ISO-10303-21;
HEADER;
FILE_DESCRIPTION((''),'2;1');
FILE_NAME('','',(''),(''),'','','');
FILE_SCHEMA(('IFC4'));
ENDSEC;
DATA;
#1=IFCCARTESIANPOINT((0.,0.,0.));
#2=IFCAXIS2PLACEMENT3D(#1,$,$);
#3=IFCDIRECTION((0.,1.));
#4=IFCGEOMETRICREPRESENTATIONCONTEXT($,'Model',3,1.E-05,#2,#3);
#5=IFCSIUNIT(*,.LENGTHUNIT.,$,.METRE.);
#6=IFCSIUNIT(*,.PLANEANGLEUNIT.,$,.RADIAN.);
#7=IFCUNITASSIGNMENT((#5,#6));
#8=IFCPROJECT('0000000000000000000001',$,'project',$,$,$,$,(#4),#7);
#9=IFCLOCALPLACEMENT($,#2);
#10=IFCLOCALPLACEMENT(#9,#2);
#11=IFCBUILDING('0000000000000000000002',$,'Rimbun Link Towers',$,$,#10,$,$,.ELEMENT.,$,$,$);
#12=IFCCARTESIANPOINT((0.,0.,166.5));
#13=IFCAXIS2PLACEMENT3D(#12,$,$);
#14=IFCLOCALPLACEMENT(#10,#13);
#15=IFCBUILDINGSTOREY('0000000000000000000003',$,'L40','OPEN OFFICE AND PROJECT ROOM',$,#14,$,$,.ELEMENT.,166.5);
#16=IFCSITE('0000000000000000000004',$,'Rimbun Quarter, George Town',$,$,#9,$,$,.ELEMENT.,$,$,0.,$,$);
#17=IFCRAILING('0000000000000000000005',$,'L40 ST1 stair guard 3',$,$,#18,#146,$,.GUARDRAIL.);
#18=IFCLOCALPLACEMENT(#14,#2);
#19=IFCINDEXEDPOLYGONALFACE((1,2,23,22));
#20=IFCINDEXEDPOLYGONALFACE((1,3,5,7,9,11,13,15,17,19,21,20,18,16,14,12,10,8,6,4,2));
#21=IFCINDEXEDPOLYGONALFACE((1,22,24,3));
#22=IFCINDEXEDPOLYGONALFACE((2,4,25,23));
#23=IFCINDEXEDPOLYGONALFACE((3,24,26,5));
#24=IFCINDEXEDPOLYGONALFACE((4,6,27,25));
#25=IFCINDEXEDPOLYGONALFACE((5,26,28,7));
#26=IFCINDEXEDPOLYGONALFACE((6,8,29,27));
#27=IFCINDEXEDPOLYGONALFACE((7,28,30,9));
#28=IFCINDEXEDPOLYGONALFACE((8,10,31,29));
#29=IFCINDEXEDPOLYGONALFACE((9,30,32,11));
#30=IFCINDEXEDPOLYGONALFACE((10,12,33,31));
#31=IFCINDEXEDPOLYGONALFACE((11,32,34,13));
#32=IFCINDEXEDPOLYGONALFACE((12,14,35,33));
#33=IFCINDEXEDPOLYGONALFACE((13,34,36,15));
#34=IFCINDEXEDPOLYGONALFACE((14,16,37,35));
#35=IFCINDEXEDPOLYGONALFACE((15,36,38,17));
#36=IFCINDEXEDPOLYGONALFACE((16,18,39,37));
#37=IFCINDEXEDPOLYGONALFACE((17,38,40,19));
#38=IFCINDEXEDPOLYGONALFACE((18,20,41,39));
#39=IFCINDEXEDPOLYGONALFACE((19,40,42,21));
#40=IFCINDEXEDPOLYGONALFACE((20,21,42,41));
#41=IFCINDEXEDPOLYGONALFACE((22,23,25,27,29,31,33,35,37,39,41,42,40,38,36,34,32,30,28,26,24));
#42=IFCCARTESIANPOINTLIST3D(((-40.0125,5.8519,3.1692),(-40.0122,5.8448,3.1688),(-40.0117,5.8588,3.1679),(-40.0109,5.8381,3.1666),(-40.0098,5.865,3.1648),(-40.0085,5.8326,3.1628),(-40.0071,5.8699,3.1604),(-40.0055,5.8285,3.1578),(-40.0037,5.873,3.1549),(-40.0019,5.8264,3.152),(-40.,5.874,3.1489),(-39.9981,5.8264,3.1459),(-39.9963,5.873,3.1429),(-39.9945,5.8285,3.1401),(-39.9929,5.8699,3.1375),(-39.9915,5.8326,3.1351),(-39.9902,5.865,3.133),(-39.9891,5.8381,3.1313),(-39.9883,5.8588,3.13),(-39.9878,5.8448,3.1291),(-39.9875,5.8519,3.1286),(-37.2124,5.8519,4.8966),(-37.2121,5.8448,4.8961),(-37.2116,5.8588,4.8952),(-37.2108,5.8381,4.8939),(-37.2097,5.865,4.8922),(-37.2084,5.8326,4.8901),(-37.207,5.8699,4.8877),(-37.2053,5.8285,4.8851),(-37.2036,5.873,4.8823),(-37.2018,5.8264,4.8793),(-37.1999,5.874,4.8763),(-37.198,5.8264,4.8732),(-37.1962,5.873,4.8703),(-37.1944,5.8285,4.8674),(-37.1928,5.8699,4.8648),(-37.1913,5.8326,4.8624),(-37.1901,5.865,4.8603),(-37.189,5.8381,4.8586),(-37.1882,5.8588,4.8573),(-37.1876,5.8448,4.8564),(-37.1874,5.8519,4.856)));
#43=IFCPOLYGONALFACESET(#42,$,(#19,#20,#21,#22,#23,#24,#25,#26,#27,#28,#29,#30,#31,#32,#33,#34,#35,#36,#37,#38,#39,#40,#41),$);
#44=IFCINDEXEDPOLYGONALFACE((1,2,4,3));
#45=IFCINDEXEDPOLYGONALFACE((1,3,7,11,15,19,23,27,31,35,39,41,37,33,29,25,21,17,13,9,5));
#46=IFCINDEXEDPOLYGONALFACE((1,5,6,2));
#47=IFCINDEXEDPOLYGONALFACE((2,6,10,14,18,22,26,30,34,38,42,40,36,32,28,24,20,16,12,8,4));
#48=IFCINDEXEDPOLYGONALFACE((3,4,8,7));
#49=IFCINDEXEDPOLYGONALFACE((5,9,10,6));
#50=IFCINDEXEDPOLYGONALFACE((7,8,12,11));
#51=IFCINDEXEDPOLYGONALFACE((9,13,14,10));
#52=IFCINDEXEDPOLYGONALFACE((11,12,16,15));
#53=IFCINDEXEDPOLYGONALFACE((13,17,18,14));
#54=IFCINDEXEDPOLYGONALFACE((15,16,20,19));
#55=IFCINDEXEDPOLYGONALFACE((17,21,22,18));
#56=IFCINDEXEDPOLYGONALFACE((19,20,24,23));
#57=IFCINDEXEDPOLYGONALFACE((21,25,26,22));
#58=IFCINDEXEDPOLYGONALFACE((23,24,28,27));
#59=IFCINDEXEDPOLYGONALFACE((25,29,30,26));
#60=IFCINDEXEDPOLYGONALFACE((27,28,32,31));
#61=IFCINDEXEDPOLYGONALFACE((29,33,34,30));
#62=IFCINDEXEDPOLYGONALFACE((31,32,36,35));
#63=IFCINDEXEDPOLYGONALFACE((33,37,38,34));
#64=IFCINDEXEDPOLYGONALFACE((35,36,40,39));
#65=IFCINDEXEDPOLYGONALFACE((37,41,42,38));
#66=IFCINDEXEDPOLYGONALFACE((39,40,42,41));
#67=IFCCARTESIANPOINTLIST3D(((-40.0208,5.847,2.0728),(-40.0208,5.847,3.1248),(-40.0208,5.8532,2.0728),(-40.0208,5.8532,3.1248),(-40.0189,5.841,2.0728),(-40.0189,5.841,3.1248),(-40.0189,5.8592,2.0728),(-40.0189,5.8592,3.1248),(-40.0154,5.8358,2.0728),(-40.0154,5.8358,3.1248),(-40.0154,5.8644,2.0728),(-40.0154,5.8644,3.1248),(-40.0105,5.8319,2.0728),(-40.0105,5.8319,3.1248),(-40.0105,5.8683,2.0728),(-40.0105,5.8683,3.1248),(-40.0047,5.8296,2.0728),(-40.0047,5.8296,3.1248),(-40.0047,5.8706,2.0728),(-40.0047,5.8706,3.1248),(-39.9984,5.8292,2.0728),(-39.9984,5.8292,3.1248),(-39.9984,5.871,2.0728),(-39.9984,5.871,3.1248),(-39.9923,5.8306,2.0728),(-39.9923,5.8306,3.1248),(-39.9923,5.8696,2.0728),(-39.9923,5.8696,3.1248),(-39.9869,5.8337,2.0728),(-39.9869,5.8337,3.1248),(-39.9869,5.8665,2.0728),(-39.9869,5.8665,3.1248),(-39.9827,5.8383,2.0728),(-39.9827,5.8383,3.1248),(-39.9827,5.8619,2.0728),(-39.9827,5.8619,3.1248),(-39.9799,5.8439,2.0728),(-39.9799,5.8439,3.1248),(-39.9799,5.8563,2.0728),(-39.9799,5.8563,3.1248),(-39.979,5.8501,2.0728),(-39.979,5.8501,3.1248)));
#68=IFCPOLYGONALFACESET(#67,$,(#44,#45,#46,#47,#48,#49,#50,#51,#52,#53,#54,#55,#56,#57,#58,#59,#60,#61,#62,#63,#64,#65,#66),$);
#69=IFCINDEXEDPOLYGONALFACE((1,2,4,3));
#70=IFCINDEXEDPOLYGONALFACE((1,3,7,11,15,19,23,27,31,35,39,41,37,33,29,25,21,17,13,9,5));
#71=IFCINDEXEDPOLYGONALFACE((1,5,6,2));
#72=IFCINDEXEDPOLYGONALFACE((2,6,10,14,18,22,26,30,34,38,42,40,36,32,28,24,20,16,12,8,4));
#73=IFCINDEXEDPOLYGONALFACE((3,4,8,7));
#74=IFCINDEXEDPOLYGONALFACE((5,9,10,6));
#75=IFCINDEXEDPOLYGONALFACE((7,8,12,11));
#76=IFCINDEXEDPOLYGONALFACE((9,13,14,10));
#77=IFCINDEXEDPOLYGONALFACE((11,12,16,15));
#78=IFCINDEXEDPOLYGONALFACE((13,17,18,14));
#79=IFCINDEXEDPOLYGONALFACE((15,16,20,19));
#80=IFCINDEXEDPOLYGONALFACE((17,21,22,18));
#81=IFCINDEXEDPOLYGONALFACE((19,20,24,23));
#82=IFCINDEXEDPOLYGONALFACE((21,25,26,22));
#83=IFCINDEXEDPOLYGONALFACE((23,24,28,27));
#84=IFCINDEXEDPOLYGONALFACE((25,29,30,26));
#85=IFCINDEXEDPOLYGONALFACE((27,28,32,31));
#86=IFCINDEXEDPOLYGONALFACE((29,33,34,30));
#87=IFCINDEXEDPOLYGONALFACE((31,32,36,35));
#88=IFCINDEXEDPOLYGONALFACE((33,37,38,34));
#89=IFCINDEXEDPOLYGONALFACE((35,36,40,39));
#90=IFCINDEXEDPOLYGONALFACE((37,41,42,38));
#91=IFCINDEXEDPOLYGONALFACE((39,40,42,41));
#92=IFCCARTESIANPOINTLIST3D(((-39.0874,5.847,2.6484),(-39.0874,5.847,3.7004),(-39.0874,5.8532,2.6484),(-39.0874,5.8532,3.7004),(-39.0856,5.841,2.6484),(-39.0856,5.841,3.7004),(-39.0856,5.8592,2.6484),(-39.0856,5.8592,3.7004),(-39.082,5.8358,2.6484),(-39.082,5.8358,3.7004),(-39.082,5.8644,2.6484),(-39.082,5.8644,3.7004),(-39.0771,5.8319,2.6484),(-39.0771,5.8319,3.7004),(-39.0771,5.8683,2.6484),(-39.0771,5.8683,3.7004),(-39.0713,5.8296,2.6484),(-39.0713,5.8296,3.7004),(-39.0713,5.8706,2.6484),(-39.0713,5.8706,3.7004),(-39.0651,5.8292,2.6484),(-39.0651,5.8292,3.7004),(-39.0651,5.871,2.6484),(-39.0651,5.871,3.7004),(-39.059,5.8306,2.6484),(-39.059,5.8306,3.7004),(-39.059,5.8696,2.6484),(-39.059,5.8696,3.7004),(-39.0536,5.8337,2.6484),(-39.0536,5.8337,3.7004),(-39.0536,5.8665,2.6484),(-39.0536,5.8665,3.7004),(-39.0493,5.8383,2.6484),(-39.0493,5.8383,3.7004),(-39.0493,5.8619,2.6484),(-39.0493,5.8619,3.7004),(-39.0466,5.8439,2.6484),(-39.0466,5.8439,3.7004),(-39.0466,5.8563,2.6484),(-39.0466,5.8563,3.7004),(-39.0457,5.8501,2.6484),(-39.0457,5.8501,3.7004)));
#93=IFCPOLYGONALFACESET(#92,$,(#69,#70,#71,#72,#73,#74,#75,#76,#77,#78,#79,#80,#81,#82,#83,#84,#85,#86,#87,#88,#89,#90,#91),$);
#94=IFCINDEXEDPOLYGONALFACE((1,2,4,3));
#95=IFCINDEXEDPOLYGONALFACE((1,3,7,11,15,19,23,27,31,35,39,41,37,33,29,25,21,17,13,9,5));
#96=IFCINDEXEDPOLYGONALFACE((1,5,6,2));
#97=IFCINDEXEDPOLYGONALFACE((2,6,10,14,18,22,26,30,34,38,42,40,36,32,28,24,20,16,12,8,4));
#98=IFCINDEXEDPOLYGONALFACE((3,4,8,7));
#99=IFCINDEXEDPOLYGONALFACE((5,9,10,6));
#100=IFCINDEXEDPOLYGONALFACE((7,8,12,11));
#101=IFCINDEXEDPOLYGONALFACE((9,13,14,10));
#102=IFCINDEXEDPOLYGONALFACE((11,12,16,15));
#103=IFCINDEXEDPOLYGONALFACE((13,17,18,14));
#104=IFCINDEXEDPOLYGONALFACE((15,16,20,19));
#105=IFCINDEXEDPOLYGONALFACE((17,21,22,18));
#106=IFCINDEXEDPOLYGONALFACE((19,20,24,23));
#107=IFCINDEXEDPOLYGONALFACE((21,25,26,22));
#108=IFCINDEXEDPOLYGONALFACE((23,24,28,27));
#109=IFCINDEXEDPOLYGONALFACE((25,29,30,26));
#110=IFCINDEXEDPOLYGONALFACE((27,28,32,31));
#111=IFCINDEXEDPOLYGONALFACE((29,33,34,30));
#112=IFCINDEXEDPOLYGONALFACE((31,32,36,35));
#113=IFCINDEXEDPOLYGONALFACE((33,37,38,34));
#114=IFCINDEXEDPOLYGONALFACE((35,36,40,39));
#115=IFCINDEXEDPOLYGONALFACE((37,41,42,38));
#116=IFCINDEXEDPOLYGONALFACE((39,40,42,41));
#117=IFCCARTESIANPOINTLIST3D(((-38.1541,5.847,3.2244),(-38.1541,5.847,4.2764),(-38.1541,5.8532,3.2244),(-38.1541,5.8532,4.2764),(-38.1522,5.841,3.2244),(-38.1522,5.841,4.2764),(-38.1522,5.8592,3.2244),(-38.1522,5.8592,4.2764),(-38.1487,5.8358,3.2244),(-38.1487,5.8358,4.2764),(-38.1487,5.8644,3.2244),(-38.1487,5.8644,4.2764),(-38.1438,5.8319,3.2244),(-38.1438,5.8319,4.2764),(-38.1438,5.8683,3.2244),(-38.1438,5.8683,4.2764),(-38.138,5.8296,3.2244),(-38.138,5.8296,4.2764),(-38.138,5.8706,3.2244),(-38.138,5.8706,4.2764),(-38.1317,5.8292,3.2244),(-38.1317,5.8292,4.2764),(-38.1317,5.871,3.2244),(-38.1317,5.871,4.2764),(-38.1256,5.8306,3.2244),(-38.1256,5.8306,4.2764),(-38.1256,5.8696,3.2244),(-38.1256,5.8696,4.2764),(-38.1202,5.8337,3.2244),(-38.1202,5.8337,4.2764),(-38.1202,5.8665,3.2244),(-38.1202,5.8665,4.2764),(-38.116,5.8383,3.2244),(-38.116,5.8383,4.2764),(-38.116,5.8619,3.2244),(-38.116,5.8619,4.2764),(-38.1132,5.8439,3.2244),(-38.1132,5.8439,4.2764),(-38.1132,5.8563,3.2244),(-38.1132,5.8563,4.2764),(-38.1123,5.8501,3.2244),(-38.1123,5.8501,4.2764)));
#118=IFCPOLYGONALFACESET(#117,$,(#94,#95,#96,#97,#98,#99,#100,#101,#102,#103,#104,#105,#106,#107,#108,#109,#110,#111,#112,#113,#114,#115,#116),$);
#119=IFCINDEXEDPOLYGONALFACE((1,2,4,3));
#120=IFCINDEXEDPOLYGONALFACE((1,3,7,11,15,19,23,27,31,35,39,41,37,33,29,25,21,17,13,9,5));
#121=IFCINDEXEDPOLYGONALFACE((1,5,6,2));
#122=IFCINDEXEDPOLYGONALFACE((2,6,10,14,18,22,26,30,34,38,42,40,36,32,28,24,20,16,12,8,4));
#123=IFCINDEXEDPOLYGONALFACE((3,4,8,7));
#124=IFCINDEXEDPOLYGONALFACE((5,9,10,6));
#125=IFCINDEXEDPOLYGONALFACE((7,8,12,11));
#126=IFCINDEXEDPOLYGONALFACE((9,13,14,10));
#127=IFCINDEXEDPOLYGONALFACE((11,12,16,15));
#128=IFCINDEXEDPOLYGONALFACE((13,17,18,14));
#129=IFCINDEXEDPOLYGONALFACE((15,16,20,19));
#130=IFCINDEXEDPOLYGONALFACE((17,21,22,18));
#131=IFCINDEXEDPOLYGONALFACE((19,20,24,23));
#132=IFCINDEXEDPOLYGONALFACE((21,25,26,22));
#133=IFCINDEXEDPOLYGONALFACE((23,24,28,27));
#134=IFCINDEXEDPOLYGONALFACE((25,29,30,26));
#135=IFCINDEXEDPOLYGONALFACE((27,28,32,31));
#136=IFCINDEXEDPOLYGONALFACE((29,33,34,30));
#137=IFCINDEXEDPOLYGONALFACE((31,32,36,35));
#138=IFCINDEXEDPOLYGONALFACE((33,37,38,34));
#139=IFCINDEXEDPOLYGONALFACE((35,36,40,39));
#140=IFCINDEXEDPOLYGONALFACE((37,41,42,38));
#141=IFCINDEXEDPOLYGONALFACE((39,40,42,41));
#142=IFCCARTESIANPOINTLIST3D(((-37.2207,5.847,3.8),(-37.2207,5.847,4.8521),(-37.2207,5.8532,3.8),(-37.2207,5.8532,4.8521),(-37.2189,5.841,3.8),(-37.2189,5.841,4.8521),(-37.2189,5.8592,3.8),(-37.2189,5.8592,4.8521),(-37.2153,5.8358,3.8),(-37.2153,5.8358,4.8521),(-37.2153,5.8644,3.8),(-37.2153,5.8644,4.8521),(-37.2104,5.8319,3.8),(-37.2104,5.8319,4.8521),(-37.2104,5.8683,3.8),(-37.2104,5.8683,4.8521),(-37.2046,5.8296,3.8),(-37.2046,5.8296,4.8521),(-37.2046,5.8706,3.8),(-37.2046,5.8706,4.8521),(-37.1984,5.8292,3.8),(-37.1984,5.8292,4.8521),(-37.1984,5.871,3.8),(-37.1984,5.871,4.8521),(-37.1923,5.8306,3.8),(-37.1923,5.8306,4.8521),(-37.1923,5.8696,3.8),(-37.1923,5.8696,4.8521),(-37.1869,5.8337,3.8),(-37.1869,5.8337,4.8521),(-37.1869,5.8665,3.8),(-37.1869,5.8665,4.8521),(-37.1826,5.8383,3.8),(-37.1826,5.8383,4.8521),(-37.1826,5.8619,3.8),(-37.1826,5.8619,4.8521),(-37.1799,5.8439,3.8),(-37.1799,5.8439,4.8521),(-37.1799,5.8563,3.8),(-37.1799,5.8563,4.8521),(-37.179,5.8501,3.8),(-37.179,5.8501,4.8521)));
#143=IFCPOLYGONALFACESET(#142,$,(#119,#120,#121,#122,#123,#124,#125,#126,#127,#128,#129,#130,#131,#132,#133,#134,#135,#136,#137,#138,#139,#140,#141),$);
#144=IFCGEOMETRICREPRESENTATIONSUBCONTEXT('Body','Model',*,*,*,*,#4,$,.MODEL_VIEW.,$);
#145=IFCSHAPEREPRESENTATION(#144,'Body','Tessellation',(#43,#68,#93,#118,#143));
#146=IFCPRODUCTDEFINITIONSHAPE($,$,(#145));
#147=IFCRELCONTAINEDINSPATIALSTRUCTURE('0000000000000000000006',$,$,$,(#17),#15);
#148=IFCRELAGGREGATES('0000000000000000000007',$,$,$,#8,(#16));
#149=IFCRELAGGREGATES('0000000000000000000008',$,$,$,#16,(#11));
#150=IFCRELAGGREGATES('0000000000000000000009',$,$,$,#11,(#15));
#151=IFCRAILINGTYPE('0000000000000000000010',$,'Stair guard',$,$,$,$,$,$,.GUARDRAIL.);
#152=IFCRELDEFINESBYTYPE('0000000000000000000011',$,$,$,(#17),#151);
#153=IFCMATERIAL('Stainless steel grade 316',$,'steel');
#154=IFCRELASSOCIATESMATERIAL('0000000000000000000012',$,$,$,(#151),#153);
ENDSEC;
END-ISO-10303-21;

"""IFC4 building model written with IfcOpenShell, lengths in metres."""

from ifc_helpers import new_model, si_unit, direction, frame, origin, origin_2d, place, context, subcontext, project, spatial, circle, extrude, material, type_object, element, save


model = new_model("IFC4")

# Units and contexts
model_context = context("Model", 3, precision=1e-05, world=origin(), true_north=direction((0.0, 1.0)))
body_context = subcontext(model_context, "Body", "Model", "MODEL_VIEW")
ifc_project = project(units=[si_unit("LENGTHUNIT", "METRE"), si_unit("PLANEANGLEUNIT", "RADIAN")], contexts=[model_context])

# Site, building, storey
site_placement = place(None, origin())
site = spatial("IfcSite", under=ifc_project, at=site_placement, Name="Rimbun Quarter, George Town", CompositionType="ELEMENT", RefElevation=0.0)
building_placement = place(site_placement, origin())
building = spatial("IfcBuilding", under=site, at=building_placement, Name="Rimbun Link Towers", CompositionType="ELEMENT")
storey_placement = place(building_placement, frame((0.0, 0.0, 166.5)))
storey = spatial("IfcBuildingStorey", under=building, at=storey_placement, Name="L40", Description="OPEN OFFICE AND PROJECT ROOM", CompositionType="ELEMENT", Elevation=166.5)

# Railing
ifc_material_1 = material(Name="Stainless steel grade 316", Category="steel")
railing_type_1 = type_object("IfcRailingType", Name="Stair guard", PredefinedType="GUARDRAIL", material=ifc_material_1)
railing_1_placement = place(storey_placement, frame((-40.0, 5.8501, 2.0728)))
element("IfcRailing", 1, at=railing_1_placement, inside=storey, type_object=railing_type_1, Name="L40 ST1 stair guard 3", PredefinedType="GUARDRAIL", context=body_context, shape_type="SweptSolid", body=[
    extrude(circle(Radius=0.0239, at=origin_2d()), frame((0.0, 0.0, 1.0762), z_axis=(0.85109, 0.0, 0.52502), x_axis=(0.0, 1.0, 0.0)), (0.0, 0.0, 1.0), 3.29),
    extrude(circle(Radius=0.021, at=origin_2d()), origin(), (0.0, 0.0, 1.0), 1.052),
    extrude(circle(Radius=0.021, at=origin_2d()), frame((0.9333, 0.0, 0.5757)), (0.0, 0.0, 1.0), 1.052),
    extrude(circle(Radius=0.021, at=origin_2d()), frame((1.8667, 0.0, 1.1516)), (0.0, 0.0, 1.0), 1.052),
    extrude(circle(Radius=0.021, at=origin_2d()), frame((2.8, 0.0, 1.7273)), (0.0, 0.0, 1.0), 1.052),
])

save(model, "model.ifc")
